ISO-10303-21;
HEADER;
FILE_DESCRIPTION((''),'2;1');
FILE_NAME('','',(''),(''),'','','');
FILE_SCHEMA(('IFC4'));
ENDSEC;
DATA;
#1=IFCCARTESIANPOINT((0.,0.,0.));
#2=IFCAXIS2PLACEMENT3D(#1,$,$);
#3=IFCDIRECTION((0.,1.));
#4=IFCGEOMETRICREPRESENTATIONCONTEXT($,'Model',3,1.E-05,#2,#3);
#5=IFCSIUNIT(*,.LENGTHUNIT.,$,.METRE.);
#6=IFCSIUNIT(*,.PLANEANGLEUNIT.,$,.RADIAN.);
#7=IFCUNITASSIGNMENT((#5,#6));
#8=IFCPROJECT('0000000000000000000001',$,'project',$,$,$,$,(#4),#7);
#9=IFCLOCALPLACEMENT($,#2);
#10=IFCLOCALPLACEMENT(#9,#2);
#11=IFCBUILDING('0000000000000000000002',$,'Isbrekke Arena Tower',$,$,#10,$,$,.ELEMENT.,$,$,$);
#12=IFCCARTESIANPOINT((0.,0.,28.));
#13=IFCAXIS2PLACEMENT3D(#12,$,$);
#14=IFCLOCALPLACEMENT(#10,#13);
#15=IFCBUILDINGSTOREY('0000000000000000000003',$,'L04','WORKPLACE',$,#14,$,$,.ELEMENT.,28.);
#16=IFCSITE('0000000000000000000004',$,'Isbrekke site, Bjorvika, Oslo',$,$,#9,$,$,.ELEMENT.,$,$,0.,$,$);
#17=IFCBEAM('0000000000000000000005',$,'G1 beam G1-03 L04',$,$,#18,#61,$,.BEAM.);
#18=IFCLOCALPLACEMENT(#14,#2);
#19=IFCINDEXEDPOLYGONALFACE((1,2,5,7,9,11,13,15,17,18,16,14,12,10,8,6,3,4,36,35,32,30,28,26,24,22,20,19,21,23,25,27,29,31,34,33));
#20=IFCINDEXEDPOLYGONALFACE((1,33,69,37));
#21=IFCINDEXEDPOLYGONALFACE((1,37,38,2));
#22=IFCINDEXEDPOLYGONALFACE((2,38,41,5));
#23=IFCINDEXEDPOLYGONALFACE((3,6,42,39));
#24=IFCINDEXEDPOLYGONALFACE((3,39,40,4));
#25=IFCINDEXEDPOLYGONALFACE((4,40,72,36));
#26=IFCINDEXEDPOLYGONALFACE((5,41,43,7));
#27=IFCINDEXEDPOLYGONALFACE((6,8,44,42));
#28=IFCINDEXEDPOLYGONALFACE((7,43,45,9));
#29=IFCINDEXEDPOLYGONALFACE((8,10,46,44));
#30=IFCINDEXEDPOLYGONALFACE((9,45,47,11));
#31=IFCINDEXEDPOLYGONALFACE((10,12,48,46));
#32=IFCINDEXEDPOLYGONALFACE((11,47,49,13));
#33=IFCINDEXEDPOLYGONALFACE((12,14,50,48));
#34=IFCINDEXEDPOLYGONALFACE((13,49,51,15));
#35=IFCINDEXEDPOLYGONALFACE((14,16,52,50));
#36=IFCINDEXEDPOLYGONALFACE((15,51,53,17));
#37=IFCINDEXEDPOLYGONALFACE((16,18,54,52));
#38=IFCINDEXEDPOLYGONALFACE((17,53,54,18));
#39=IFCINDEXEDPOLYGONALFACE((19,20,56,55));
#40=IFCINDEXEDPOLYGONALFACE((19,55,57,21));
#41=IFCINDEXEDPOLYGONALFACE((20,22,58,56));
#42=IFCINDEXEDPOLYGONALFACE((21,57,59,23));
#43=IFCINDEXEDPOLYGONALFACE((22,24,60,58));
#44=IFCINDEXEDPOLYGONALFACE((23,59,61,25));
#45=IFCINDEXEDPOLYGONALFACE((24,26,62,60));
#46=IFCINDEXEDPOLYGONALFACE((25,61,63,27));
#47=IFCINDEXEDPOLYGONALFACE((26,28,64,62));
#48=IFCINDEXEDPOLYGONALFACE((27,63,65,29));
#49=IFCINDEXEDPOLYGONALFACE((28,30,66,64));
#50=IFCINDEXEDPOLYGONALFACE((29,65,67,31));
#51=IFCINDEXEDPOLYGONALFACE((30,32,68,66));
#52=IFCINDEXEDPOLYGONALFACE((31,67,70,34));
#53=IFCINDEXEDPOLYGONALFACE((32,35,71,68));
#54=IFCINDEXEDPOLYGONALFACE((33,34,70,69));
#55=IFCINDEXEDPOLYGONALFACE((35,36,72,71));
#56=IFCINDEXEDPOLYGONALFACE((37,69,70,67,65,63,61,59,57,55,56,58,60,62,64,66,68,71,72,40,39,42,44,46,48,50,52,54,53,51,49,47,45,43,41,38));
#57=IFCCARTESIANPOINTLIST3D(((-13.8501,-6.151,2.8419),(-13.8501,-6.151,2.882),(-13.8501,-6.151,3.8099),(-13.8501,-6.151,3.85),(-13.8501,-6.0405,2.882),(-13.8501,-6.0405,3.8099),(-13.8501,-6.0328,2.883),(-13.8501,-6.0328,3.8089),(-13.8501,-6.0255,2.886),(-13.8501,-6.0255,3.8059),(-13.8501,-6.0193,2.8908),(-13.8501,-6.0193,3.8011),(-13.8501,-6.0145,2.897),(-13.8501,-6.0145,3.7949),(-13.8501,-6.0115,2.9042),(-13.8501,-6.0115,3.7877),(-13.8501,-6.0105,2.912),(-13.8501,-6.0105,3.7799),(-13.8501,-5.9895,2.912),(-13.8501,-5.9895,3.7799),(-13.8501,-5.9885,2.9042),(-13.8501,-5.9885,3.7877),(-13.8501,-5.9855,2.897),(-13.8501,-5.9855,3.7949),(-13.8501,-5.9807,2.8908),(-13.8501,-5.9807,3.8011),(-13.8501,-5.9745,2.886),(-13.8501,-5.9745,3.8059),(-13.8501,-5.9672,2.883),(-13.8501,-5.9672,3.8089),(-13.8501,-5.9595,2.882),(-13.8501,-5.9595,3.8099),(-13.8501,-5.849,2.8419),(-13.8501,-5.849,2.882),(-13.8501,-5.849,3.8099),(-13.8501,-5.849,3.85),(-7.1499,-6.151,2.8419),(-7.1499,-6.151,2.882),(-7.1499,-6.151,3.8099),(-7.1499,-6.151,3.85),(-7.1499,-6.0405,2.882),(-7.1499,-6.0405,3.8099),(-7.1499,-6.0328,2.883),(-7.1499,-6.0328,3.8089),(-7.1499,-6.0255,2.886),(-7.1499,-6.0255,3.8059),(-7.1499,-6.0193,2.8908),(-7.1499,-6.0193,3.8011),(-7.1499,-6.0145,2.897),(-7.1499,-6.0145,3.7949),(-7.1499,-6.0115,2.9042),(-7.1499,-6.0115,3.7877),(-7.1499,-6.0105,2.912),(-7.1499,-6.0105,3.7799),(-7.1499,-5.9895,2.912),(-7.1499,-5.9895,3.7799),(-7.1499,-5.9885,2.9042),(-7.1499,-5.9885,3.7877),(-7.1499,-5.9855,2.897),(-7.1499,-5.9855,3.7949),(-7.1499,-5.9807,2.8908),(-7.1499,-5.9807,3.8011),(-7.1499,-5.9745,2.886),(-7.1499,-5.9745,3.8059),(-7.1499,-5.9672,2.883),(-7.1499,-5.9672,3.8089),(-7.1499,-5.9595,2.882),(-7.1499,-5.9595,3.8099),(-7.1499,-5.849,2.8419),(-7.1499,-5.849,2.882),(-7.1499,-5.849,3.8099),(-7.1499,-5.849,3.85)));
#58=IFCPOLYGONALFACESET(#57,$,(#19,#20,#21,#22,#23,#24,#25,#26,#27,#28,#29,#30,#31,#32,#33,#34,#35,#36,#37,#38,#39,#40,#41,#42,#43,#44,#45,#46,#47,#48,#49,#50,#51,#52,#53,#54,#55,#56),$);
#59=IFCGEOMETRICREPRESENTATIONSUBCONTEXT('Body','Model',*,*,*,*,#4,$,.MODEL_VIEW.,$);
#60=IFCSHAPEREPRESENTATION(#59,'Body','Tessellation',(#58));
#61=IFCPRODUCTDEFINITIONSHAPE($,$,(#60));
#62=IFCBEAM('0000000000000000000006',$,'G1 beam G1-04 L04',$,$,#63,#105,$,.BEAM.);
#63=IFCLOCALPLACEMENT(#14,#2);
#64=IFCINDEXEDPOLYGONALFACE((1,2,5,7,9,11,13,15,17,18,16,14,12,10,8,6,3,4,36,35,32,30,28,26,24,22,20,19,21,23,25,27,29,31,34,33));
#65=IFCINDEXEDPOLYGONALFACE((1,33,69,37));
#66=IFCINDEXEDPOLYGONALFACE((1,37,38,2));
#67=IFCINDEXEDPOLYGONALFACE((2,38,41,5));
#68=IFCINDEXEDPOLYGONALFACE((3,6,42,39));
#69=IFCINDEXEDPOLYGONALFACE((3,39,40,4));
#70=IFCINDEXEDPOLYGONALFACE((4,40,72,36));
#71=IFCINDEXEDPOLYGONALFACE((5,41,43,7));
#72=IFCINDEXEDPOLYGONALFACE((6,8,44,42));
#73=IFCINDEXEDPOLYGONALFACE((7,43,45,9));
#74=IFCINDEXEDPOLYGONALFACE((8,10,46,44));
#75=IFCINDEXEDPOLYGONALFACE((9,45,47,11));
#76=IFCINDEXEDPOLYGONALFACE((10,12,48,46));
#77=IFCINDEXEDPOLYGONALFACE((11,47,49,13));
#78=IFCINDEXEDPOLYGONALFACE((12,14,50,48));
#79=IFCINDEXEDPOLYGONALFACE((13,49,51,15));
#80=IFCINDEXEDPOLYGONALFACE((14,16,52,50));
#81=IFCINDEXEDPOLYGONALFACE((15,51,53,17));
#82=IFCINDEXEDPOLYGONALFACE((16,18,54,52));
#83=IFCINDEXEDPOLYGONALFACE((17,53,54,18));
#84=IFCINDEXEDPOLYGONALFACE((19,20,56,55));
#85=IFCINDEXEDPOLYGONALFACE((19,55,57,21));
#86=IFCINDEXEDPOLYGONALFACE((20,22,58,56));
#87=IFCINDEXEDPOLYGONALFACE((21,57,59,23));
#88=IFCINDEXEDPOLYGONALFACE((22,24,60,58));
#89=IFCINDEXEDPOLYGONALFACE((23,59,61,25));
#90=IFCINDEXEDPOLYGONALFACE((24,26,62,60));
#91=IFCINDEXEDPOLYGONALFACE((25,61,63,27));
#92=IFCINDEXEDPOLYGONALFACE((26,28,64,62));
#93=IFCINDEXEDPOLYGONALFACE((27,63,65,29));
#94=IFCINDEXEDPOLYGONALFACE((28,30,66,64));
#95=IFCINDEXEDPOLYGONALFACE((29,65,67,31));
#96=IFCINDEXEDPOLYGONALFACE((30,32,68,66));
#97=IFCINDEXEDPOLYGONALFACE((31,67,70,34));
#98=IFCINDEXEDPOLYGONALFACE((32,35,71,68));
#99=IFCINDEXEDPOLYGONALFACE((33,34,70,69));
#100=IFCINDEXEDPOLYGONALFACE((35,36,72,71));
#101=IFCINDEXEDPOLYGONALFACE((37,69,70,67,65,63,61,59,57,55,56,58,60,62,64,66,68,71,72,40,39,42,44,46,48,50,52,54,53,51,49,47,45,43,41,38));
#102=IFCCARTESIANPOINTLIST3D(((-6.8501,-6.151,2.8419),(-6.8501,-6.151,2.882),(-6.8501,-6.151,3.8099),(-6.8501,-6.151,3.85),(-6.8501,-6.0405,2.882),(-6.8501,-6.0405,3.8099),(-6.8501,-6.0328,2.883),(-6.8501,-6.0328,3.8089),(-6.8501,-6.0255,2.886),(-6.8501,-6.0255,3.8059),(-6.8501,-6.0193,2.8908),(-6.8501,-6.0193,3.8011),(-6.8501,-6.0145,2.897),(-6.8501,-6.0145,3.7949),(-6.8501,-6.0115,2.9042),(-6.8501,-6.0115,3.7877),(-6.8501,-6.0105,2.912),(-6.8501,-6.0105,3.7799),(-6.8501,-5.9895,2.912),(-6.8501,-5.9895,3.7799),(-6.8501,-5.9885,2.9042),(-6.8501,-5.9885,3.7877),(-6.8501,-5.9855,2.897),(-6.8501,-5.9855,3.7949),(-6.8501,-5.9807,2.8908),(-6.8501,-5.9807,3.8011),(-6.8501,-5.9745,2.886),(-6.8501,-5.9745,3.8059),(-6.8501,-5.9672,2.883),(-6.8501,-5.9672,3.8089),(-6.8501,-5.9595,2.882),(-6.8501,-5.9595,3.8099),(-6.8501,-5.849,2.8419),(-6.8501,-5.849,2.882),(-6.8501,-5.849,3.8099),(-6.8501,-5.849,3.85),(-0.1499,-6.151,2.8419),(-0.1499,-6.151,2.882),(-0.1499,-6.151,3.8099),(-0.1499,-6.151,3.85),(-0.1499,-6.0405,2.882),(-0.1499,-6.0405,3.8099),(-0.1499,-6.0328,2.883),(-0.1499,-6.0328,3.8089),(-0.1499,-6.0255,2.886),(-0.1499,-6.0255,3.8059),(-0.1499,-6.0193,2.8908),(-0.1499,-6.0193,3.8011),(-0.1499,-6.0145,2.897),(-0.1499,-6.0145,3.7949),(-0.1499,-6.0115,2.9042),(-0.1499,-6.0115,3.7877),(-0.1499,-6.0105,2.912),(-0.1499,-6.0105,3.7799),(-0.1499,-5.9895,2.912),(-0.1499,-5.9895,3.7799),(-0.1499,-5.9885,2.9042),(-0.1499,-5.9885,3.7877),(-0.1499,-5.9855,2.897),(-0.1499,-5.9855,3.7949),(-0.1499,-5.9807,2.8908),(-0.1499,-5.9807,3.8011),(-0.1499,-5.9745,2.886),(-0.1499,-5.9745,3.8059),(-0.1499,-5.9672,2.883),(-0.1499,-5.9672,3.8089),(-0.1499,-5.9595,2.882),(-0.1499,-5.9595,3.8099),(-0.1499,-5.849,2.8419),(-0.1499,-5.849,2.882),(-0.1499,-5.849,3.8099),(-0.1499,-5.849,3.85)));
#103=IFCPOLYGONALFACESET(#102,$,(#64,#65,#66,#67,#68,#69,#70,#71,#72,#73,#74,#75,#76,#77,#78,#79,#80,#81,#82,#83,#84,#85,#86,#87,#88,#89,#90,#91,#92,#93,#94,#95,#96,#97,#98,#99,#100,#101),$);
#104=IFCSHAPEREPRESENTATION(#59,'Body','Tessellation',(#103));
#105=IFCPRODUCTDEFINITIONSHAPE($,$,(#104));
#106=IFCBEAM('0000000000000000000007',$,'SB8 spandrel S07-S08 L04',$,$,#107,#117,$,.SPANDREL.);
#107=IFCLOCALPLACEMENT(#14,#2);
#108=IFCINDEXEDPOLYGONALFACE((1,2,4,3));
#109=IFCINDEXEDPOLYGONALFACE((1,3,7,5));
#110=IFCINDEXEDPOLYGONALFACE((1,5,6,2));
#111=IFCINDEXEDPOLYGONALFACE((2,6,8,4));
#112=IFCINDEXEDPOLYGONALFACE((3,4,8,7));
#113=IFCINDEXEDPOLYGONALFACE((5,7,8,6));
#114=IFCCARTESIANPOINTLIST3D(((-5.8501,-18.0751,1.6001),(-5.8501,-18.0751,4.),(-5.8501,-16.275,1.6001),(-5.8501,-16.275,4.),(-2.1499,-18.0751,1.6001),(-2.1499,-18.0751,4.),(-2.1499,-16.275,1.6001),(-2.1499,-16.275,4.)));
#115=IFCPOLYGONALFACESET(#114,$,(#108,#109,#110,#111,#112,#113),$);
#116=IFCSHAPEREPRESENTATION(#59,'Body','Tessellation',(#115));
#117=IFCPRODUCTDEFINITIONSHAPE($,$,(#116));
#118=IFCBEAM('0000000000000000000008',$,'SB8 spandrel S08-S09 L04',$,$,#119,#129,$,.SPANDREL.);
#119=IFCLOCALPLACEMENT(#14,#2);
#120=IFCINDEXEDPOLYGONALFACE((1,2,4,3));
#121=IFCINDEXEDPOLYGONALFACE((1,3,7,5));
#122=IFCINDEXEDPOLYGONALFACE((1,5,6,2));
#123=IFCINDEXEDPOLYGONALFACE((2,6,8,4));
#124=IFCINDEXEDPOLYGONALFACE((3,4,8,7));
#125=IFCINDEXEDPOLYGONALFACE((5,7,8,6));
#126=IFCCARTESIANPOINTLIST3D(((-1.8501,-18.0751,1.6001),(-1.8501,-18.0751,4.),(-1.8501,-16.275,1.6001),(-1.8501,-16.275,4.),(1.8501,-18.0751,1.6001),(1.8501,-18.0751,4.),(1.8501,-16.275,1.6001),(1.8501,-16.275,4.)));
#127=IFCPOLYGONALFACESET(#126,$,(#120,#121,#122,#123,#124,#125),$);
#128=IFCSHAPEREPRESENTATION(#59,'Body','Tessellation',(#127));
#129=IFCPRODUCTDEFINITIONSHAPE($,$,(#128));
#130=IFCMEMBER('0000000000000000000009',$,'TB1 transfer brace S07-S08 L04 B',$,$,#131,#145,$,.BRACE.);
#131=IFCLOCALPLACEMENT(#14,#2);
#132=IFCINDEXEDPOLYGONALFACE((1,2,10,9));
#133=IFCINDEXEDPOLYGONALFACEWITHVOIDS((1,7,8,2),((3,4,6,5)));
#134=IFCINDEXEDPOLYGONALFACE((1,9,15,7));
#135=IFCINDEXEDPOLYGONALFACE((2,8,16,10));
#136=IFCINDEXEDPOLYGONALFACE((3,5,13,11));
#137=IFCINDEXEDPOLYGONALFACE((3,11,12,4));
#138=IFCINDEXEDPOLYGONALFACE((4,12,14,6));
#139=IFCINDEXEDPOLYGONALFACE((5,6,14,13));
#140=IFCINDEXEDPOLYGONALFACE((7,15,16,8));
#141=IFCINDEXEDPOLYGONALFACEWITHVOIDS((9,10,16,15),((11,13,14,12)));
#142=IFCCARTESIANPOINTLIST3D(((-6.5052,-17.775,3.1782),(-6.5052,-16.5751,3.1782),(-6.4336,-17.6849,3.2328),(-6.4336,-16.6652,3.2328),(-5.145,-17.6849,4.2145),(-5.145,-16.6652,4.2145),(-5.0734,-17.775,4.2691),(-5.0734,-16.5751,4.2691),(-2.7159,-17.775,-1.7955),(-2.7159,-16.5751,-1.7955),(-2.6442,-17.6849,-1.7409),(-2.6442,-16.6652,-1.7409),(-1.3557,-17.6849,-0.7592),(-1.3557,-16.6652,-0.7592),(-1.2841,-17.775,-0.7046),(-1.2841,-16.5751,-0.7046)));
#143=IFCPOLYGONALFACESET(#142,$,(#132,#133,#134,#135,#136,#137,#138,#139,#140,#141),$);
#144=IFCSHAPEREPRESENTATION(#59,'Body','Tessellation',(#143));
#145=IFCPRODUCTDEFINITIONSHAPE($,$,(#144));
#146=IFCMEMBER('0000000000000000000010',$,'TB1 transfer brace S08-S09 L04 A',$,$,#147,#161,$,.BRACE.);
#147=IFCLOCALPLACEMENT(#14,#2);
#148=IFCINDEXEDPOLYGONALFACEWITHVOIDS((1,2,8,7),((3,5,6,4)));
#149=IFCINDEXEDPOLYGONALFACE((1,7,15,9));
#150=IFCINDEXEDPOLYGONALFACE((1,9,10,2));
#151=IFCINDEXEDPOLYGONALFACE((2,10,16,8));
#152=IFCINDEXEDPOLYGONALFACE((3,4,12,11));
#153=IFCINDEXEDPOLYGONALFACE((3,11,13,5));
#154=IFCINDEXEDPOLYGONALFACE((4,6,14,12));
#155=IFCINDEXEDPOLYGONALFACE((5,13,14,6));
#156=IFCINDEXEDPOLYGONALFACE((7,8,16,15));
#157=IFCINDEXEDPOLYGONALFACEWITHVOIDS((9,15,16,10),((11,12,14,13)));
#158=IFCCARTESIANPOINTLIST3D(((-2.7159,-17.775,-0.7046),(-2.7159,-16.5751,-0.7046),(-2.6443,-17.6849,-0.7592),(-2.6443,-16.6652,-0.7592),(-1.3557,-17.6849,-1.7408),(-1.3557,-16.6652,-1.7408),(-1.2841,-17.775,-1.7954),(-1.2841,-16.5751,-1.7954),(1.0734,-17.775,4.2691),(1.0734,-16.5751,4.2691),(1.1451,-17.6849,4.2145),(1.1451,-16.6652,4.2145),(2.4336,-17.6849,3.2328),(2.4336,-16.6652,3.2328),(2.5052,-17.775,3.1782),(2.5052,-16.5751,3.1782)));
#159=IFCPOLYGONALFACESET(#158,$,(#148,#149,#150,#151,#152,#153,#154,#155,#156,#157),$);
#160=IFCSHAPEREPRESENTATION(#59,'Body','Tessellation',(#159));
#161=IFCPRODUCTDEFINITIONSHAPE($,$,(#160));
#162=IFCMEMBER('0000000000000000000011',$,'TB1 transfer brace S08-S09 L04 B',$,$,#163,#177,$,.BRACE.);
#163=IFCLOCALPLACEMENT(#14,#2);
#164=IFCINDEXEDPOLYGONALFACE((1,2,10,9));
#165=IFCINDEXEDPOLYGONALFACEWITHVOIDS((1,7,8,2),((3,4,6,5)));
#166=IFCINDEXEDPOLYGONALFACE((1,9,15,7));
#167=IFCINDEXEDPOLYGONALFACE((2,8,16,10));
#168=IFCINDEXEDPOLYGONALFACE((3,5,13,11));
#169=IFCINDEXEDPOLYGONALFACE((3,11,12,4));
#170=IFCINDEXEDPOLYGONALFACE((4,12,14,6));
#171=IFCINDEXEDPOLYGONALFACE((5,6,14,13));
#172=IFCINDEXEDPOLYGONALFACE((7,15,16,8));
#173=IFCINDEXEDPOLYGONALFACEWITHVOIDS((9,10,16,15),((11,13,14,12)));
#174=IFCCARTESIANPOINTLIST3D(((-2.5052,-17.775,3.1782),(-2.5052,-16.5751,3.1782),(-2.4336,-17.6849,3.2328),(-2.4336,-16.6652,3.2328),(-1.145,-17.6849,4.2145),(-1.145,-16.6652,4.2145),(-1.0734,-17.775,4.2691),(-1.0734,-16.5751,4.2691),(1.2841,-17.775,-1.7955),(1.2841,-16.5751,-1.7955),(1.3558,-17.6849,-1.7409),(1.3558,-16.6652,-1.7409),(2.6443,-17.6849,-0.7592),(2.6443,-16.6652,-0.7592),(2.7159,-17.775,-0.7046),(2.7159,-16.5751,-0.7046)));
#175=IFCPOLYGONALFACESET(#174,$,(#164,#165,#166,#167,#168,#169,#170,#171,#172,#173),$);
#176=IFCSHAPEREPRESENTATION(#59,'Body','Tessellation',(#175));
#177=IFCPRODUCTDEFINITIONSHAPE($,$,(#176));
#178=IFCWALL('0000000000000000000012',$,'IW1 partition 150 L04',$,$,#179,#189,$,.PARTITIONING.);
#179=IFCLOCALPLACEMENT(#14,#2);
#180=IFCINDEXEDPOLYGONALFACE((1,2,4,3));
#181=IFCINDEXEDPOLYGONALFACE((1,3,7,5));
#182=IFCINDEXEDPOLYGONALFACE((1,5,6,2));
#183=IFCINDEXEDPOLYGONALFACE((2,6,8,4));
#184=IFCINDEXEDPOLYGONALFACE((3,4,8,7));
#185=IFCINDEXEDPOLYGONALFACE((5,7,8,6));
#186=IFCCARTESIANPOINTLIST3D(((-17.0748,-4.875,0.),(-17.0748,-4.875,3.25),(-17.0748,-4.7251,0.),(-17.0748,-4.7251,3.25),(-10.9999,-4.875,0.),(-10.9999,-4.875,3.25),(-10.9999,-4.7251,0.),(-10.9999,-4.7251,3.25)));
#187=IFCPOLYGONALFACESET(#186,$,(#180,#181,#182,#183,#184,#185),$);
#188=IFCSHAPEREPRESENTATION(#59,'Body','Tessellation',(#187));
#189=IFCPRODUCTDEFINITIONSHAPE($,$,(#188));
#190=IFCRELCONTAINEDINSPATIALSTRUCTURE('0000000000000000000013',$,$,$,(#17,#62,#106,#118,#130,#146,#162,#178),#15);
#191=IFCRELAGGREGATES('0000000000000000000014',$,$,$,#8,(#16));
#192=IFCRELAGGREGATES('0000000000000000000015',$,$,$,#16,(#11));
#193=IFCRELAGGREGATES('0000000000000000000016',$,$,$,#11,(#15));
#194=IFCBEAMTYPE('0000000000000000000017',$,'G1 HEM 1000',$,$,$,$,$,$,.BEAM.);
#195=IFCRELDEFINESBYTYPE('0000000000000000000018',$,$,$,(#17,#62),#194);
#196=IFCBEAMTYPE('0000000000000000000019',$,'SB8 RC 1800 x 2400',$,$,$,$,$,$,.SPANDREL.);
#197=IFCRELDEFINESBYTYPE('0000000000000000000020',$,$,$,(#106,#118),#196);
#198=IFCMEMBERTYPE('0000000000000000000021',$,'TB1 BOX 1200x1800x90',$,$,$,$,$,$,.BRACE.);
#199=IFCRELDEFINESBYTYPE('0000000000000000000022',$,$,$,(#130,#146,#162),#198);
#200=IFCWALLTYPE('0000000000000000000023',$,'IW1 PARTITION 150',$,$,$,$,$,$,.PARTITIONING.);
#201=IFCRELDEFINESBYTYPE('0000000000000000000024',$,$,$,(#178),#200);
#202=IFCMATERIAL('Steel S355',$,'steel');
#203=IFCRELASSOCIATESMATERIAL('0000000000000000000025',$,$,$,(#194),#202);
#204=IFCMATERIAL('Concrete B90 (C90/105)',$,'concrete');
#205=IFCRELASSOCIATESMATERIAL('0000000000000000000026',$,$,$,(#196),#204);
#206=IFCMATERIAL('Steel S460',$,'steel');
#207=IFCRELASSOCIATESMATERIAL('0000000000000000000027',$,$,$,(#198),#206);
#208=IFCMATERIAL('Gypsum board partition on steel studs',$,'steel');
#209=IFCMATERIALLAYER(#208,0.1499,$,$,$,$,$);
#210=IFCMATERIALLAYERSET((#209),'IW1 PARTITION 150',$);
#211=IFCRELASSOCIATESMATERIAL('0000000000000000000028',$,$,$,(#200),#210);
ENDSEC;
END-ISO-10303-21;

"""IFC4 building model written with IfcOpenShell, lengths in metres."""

from ifc_helpers import new_model, si_unit, direction, frame, frame_2d, origin, origin_2d, place, context, subcontext, project, spatial, rectangle, hollow_rectangle, i_section, extrude, material, layer, layer_set, material_profile, profile_set, type_object, element, save


model = new_model("IFC4")

# Units and contexts
model_context = context("Model", 3, precision=1e-05, world=origin(), true_north=direction((0.0, 1.0)))
body_context = subcontext(model_context, "Body", "Model", "MODEL_VIEW")
ifc_project = project(units=[si_unit("LENGTHUNIT", "METRE"), si_unit("PLANEANGLEUNIT", "RADIAN")], contexts=[model_context])

# Site, building, storey
site_placement = place(None, origin())
site = spatial("IfcSite", under=ifc_project, at=site_placement, Name="Isbrekke site, Bjorvika, Oslo", CompositionType="ELEMENT", RefElevation=0.0)
building_placement = place(site_placement, origin())
building = spatial("IfcBuilding", under=site, at=building_placement, Name="Isbrekke Arena Tower", CompositionType="ELEMENT")
storey_placement = place(building_placement, frame((0.0, 0.0, 28.0)))
storey = spatial("IfcBuildingStorey", under=building, at=storey_placement, Name="L04", Description="WORKPLACE", CompositionType="ELEMENT", Elevation=28.0)

# Beams
ifc_material_1 = material(Name="Steel S355", Category="steel")
ifc_material_profile_1 = material_profile(ifc_material_1, i_section(OverallWidth=0.302, OverallDepth=1.0081, WebThickness=0.021, FlangeThickness=0.04, FilletRadius=0.03, at=origin_2d()), Name="HEM 1000")
ifc_profile_set_1 = profile_set([ifc_material_profile_1], Name="Steel S355")
beam_type_1 = type_object("IfcBeamType", Name="G1 HEM 1000", PredefinedType="BEAM", material=ifc_profile_set_1)
for number, where, z_axis, x_axis, name in (
    (1, (-13.8501, -6.0, 3.3459), (1.0, 0.0, 0.0), (0.0, 1.0, 0.0), "G1 beam G1-03 L04"),
    (2, (-6.8501, -6.0, 3.3459), (1.0, 0.0, 0.0), (0.0, 1.0, 0.0), "G1 beam G1-04 L04"),
):
    element("IfcBeam", number, at=place(storey_placement, frame(where, z_axis=z_axis, x_axis=x_axis)), inside=storey, type_object=beam_type_1, Name=name, PredefinedType="BEAM", context=body_context, shape_type="SweptSolid", body=[
        extrude(i_section(OverallWidth=0.302, OverallDepth=1.0081, WebThickness=0.021, FlangeThickness=0.04, FilletRadius=0.03, at=origin_2d()), origin(), (0.0, 0.0, 1.0), 6.7002),
    ])
ifc_material_2 = material(Name="Concrete B90 (C90/105)", Category="concrete")
ifc_material_profile_2 = material_profile(ifc_material_2, rectangle(XDim=1.8, YDim=2.3999, at=origin_2d()), Name="RC 1800x2400")
ifc_profile_set_2 = profile_set([ifc_material_profile_2], Name="Concrete B90 (C90/105)")
beam_type_2 = type_object("IfcBeamType", Name="SB8 RC 1800 x 2400", PredefinedType="SPANDREL", material=ifc_profile_set_2)
for number, where, z_axis, x_axis, name in (
    (3, (-5.8501, -17.175, 2.8), (1.0, 0.0, 0.0), (0.0, 1.0, 0.0), "SB8 spandrel S07-S08 L04"),
    (4, (-1.8501, -17.175, 2.8), (1.0, 0.0, 0.0), (0.0, 1.0, 0.0), "SB8 spandrel S08-S09 L04"),
):
    element("IfcBeam", number, at=place(storey_placement, frame(where, z_axis=z_axis, x_axis=x_axis)), inside=storey, type_object=beam_type_2, Name=name, PredefinedType="SPANDREL", context=body_context, shape_type="SweptSolid", body=[
        extrude(rectangle(XDim=1.8, YDim=2.3999, at=origin_2d()), origin(), (0.0, 0.0, 1.0), 3.7002),
    ])

# Members
ifc_material_3 = material(Name="Steel S460", Category="steel")
ifc_material_profile_3 = material_profile(ifc_material_3, hollow_rectangle(XDim=1.2, YDim=1.8, WallThickness=0.0901, at=origin_2d()), Name="BOX 1200x1800x90")
ifc_profile_set_3 = profile_set([ifc_material_profile_3], Name="Steel S460")
member_type = type_object("IfcMemberType", Name="TB1 BOX 1200x1800x90", PredefinedType="BRACE", material=ifc_profile_set_3)
for number, where, z_axis, x_axis, name in (
    (5, (-5.7893, -17.175, 3.7236), (0.60603, 0.0, -0.795442), (0.0, 1.0, 0.0), "TB1 transfer brace S07-S08 L04 B"),
    (6, (-2.0, -17.175, -1.25), (0.60603, 0.0, 0.795442), (0.0, 1.0, 0.0), "TB1 transfer brace S08-S09 L04 A"),
    (7, (-1.7893, -17.175, 3.7236), (0.60603, 0.0, -0.795442), (0.0, 1.0, 0.0), "TB1 transfer brace S08-S09 L04 B"),
):
    element("IfcMember", number, at=place(storey_placement, frame(where, z_axis=z_axis, x_axis=x_axis)), inside=storey, type_object=member_type, Name=name, PredefinedType="BRACE", context=body_context, shape_type="SweptSolid", body=[
        extrude(hollow_rectangle(XDim=1.2, YDim=1.8, WallThickness=0.0901, at=origin_2d()), origin(), (0.0, 0.0, 1.0), 6.2527),
    ])

# Wall
ifc_material_4 = material(Name="Gypsum board partition on steel studs", Category="steel")
ifc_layer_1 = layer(ifc_material_4, 0.1499)
ifc_layer_set_1 = layer_set([ifc_layer_1], Name="IW1 PARTITION 150")
wall_type_1 = type_object("IfcWallType", Name="IW1 PARTITION 150", PredefinedType="PARTITIONING", material=ifc_layer_set_1)
wall_1_placement = place(storey_placement, frame((-17.075, -4.8, 0.0), z_axis=(0.0, 0.0, 1.0), x_axis=(1.0, 0.0, 0.0)))
element("IfcWall", 8, at=wall_1_placement, inside=storey, type_object=wall_type_1, Name="IW1 partition 150 L04", PredefinedType="PARTITIONING", context=body_context, shape_type="SweptSolid", body=[
    extrude(rectangle(XDim=6.075, YDim=0.1499, at=frame_2d((3.0376, 0.0))), origin(), (0.0, 0.0, 1.0), 3.25),
])

save(model, "model.ifc")
